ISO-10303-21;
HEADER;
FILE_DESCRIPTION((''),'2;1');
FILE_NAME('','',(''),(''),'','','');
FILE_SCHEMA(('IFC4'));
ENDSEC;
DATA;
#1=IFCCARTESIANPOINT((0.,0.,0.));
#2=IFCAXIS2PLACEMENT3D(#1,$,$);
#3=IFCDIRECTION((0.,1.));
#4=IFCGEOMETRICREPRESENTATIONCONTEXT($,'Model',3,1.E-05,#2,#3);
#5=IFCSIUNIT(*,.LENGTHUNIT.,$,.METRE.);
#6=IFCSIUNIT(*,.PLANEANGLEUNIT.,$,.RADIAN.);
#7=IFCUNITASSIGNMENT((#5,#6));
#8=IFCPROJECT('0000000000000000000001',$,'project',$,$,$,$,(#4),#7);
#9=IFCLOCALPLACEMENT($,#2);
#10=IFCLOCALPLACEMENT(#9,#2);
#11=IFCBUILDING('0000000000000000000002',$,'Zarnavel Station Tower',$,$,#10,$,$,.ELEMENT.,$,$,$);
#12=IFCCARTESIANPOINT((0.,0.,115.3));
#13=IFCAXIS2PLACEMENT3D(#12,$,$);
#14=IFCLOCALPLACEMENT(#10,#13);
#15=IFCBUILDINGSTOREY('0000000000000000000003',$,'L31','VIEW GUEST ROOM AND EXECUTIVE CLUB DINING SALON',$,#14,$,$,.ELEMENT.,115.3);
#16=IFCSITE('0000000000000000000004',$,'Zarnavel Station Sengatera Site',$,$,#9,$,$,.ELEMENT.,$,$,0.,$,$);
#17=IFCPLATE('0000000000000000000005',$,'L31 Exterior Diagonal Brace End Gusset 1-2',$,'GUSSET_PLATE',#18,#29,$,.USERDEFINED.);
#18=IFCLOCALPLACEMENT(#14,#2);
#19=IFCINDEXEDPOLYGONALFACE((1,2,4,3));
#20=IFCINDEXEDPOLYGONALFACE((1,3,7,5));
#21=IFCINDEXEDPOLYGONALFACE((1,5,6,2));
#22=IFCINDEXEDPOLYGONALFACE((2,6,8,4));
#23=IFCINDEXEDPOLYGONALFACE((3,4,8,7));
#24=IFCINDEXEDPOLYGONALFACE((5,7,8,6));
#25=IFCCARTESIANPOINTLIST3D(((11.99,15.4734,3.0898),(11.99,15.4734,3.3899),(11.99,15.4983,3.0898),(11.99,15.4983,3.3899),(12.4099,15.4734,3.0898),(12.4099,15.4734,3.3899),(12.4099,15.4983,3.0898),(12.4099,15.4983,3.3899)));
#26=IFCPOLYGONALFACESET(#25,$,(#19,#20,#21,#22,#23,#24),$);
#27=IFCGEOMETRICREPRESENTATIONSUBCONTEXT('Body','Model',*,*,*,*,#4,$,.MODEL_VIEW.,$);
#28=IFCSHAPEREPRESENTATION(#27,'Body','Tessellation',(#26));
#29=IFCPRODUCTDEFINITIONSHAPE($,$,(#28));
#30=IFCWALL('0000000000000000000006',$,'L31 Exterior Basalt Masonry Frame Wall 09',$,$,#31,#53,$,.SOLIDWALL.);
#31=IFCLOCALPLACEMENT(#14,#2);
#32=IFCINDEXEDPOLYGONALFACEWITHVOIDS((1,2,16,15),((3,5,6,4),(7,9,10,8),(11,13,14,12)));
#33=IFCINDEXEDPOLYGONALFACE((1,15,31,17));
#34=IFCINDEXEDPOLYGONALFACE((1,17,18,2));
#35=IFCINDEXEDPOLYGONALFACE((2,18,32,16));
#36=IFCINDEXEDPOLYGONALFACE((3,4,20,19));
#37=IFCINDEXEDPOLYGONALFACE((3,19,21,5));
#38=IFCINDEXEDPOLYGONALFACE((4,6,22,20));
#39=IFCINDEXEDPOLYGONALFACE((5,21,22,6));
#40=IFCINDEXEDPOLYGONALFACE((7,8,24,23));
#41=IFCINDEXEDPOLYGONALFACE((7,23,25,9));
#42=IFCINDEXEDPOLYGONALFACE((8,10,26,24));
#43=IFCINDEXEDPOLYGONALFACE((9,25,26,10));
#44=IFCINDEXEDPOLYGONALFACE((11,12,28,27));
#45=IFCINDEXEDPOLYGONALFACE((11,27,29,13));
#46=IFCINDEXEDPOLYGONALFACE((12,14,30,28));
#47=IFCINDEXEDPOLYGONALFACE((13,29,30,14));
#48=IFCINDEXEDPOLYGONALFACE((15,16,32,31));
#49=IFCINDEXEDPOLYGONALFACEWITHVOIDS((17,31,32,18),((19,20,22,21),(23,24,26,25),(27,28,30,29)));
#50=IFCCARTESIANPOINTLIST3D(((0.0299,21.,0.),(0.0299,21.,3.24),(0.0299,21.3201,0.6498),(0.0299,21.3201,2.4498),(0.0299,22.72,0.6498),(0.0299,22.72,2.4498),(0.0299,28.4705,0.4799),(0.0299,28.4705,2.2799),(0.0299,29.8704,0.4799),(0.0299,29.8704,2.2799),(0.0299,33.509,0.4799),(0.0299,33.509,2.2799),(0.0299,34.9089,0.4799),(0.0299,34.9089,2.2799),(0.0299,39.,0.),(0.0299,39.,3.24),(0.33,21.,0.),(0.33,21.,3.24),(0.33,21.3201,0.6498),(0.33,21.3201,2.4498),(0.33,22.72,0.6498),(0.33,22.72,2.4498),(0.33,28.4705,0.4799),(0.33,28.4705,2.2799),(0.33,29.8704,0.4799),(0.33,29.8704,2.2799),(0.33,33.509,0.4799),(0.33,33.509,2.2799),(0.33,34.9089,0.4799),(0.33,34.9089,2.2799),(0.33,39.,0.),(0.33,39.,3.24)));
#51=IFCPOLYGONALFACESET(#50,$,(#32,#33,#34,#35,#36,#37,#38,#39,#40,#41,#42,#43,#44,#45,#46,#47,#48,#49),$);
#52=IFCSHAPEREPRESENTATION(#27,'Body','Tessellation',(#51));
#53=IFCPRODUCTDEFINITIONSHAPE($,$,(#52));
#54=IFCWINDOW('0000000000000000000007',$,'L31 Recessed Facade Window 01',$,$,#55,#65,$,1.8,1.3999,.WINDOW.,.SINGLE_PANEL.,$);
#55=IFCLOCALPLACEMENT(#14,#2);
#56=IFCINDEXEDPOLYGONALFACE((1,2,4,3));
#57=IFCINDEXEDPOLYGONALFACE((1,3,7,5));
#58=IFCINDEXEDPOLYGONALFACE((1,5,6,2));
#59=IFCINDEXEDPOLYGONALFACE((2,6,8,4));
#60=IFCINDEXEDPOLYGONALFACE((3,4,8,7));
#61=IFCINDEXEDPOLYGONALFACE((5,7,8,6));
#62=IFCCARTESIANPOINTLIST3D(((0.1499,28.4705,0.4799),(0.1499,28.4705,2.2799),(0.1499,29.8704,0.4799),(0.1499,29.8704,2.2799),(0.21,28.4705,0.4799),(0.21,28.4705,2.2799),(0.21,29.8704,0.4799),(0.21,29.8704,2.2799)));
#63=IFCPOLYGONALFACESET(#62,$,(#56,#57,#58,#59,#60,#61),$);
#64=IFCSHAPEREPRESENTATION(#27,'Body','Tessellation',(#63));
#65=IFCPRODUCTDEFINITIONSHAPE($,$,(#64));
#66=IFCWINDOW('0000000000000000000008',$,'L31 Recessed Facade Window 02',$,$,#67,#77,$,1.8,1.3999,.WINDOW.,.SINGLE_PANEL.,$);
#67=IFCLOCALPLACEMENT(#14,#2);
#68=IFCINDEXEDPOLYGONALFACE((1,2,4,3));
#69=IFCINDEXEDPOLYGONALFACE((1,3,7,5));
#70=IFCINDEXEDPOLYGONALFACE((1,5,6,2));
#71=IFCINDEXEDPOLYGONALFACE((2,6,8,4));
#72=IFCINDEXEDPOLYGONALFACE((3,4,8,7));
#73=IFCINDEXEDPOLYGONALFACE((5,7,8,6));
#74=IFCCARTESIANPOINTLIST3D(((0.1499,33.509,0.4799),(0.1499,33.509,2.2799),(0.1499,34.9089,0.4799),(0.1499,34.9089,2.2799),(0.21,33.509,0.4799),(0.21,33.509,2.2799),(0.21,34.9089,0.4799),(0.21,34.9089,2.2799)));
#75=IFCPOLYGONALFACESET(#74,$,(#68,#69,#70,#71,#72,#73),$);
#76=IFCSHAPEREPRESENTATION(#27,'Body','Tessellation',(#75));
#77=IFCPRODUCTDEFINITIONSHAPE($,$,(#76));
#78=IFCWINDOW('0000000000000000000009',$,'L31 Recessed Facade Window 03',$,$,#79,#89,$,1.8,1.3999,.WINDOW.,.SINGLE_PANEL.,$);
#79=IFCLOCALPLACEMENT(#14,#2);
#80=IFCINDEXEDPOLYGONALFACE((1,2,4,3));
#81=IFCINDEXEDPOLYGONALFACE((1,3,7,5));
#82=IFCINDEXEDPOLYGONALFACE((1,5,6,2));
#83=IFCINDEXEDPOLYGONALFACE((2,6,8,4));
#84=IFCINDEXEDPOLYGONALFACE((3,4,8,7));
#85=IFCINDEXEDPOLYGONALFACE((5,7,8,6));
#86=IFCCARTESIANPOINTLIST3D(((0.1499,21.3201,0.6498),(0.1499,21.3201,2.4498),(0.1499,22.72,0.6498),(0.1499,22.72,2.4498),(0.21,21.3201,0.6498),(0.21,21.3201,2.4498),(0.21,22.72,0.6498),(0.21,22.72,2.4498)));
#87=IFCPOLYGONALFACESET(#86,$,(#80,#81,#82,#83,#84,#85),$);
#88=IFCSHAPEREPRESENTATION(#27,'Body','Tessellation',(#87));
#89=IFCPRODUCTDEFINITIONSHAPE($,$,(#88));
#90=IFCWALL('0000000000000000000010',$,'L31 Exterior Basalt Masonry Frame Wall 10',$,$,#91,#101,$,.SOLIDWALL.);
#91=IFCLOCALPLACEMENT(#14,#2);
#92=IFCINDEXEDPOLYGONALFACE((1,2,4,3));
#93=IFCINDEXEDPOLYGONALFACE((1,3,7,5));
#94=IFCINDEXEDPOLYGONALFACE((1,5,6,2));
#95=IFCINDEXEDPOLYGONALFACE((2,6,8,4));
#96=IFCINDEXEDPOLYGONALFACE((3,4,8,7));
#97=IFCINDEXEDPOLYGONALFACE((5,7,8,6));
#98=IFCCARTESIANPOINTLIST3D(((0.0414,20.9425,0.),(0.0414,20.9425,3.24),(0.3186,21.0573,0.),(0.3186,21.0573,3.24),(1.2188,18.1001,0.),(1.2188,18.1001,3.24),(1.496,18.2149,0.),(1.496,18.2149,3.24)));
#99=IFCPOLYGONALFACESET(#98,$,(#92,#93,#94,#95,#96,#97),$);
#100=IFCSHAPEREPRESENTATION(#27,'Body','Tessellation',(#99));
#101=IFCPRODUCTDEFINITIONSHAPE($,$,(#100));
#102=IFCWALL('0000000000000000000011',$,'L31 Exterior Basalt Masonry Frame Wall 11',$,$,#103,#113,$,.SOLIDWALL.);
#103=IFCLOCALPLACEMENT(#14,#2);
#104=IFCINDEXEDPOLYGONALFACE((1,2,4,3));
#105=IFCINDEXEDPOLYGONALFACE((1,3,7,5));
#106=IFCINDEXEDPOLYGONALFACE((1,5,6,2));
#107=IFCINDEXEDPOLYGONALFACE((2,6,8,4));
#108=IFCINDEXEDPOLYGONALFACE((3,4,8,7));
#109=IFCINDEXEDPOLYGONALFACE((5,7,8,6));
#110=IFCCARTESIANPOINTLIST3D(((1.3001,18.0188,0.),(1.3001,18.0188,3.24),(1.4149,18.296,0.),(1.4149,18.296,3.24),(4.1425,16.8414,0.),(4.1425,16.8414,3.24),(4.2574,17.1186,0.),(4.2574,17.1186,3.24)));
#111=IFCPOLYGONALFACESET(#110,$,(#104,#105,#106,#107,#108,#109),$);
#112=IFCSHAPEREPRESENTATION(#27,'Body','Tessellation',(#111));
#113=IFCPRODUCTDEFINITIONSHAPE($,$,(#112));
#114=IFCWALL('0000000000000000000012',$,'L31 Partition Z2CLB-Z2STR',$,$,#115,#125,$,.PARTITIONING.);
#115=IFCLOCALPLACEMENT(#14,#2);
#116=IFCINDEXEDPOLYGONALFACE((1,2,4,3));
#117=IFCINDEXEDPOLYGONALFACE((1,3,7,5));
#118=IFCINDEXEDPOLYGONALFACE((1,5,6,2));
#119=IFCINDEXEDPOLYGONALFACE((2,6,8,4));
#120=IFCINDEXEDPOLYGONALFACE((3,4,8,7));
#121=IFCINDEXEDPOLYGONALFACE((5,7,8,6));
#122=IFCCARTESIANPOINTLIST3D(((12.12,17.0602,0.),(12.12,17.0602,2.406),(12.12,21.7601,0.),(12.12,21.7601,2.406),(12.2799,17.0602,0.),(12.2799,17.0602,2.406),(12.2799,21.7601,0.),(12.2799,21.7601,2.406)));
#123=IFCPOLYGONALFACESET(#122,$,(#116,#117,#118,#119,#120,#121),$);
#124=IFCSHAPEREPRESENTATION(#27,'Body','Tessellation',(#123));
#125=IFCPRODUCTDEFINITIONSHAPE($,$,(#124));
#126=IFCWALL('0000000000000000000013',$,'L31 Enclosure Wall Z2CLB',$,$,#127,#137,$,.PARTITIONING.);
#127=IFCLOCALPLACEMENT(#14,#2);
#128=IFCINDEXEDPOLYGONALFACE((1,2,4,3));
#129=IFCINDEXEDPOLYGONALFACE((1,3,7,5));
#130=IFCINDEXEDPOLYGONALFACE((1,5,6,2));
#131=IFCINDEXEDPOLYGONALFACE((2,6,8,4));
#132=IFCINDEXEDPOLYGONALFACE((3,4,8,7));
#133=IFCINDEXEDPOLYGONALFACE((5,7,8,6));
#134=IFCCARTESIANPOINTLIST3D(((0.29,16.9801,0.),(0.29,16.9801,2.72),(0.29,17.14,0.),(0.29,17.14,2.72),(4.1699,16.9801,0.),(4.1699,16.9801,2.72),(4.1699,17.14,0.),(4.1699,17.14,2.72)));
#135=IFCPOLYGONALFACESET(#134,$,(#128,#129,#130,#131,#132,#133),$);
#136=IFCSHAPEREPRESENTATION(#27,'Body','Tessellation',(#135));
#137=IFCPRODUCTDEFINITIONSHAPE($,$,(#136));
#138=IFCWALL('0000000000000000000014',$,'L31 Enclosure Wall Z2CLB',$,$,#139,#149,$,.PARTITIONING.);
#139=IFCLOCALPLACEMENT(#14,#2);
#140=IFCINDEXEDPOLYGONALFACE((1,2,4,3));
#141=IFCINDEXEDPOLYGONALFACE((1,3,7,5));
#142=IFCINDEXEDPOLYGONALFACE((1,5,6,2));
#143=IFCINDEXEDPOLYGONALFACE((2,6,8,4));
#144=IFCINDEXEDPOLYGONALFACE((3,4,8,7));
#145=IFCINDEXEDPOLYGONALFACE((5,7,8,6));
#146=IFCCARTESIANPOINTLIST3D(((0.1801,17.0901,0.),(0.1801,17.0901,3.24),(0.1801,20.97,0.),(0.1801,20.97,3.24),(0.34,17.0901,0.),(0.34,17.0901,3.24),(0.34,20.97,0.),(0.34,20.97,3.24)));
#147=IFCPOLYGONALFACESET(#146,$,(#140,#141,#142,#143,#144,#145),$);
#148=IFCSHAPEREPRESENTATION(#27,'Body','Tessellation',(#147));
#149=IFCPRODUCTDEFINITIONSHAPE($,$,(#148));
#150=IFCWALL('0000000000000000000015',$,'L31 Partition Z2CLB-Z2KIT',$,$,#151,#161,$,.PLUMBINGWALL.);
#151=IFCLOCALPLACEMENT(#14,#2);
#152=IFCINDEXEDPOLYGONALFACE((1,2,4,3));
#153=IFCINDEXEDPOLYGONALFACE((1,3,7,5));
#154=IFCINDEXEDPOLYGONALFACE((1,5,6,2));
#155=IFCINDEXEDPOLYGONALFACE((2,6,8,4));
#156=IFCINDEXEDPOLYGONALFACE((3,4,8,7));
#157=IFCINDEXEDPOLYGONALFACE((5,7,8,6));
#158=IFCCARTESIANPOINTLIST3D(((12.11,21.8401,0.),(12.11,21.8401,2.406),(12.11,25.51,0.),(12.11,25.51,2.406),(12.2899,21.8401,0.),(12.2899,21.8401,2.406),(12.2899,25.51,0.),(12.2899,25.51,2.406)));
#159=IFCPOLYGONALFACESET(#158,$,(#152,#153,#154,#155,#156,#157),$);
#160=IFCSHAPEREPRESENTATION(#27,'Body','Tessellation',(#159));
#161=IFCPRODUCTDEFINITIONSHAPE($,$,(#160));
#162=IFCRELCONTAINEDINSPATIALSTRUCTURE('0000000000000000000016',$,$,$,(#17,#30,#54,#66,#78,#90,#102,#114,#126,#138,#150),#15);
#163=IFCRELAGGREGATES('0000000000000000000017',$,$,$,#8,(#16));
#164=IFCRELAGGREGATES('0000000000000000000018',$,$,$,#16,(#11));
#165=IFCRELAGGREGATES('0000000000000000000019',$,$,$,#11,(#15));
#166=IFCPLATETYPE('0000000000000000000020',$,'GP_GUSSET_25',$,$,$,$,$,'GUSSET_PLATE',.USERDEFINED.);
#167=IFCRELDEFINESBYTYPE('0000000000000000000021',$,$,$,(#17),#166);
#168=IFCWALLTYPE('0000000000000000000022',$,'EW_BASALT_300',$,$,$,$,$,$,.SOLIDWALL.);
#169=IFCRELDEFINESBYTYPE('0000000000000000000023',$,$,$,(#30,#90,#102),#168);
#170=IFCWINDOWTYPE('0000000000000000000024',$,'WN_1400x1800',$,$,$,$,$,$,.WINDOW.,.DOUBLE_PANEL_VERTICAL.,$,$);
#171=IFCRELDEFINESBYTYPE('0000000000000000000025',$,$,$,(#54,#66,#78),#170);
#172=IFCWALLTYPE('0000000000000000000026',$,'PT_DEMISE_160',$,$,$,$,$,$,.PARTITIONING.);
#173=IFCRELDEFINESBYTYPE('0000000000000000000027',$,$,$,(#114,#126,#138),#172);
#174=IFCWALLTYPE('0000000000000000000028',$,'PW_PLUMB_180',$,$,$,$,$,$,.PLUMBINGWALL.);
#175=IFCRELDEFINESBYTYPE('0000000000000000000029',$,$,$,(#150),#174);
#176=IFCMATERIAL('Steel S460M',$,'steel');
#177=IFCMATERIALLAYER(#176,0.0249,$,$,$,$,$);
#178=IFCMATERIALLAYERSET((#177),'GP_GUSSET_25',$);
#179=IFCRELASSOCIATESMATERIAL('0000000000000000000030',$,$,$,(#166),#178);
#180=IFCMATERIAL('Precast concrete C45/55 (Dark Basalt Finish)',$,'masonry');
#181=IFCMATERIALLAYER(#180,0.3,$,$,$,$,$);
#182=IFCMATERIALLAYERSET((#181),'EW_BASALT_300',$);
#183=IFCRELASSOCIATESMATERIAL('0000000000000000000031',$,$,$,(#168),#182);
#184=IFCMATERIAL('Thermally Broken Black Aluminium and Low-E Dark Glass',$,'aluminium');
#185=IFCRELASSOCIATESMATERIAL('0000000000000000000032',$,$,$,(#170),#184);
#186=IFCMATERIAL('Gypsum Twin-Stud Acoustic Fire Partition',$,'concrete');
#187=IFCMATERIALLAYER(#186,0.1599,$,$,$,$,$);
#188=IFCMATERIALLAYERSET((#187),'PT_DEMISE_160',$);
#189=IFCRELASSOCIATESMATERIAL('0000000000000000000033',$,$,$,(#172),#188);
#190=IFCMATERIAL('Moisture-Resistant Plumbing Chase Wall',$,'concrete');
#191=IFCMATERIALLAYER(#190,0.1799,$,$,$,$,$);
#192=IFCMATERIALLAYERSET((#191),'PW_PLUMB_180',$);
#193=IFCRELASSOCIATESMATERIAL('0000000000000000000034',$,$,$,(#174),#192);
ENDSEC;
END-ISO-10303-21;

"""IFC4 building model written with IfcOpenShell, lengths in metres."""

from ifc_helpers import new_model, si_unit, direction, frame, frame_2d, origin, origin_2d, place, context, subcontext, project, spatial, rectangle, extrude, material, layer, layer_set, type_object, element, fill, save


model = new_model("IFC4")

# Units and contexts
model_context = context("Model", 3, precision=1e-05, world=origin(), true_north=direction((0.0, 1.0)))
body_context = subcontext(model_context, "Body", "Model", "MODEL_VIEW")
ifc_project = project(units=[si_unit("LENGTHUNIT", "METRE"), si_unit("PLANEANGLEUNIT", "RADIAN")], contexts=[model_context])

# Site, building, storey
site_placement = place(None, origin())
site = spatial("IfcSite", under=ifc_project, at=site_placement, Name="Zarnavel Station Sengatera Site", CompositionType="ELEMENT", RefElevation=0.0)
building_placement = place(site_placement, origin())
building = spatial("IfcBuilding", under=site, at=building_placement, Name="Zarnavel Station Tower", CompositionType="ELEMENT")
storey_placement = place(building_placement, frame((0.0, 0.0, 115.3)))
storey = spatial("IfcBuildingStorey", under=building, at=storey_placement, Name="L31", Description="VIEW GUEST ROOM AND EXECUTIVE CLUB DINING SALON", CompositionType="ELEMENT", Elevation=115.3)

# Plate
ifc_material_1 = material(Name="Steel S460M", Category="steel")
ifc_layer_1 = layer(ifc_material_1, 0.0249)
ifc_layer_set_1 = layer_set([ifc_layer_1], Name="GP_GUSSET_25")
plate_type = type_object("IfcPlateType", Name="GP_GUSSET_25", ElementType="GUSSET_PLATE", PredefinedType="USERDEFINED", material=ifc_layer_set_1)
plate_placement = place(storey_placement, frame((12.2, 15.4858, 3.0898), z_axis=(0.0, 0.0, 1.0), x_axis=(1.0, 0.0, 0.0)))
element("IfcPlate", 1, at=plate_placement, inside=storey, type_object=plate_type, Name="L31 Exterior Diagonal Brace End Gusset 1-2", ObjectType="GUSSET_PLATE", PredefinedType="USERDEFINED", context=body_context, shape_type="SweptSolid", body=[
    extrude(rectangle(XDim=0.4199, YDim=0.0249, at=origin_2d()), origin(), (0.0, 0.0, 1.0), 0.3),
])

# Wall, openings, windows
ifc_material_2 = material(Name="Precast concrete C45/55 (Dark Basalt Finish)", Category="masonry")
ifc_layer_2 = layer(ifc_material_2, 0.3)
ifc_layer_set_2 = layer_set([ifc_layer_2], Name="EW_BASALT_300")
wall_type_1 = type_object("IfcWallType", Name="EW_BASALT_300", PredefinedType="SOLIDWALL", material=ifc_layer_set_2)
wall_1_placement = place(storey_placement, frame((0.1799, 21.0, 0.0), z_axis=(0.0, 0.0, 1.0), x_axis=(0.0, 1.0, 0.0)))
wall_1 = element("IfcWall", 2, at=wall_1_placement, inside=storey, type_object=wall_type_1, Name="L31 Exterior Basalt Masonry Frame Wall 09", PredefinedType="SOLIDWALL", context=body_context, shape_type="SweptSolid", body=[
    extrude(rectangle(XDim=18.0, YDim=0.3, at=frame_2d((9.0, 0.0))), origin(), (0.0, 0.0, 1.0), 3.24),
])
opening_1_placement = place(wall_1_placement, frame((7.4705, 0.0, 0.48)))
opening_1 = element("IfcOpeningElement", 3, at=opening_1_placement, cuts=wall_1, PredefinedType="OPENING", context=body_context, shape_type="SweptSolid", body=[
    extrude(rectangle(XDim=1.3999, YDim=1.8, at=frame_2d((0.7, 0.8999))), frame((0.0, 0.1599, 0.0), z_axis=(0.0, -1.0, 0.0), x_axis=(1.0, 0.0, 0.0)), (0.0, 0.0, 1.0), 0.3201),
])
opening_2_placement = place(wall_1_placement, frame((12.509, 0.0, 0.48)))
opening_2 = element("IfcOpeningElement", 4, at=opening_2_placement, cuts=wall_1, PredefinedType="OPENING", context=body_context, shape_type="SweptSolid", body=[
    extrude(rectangle(XDim=1.3999, YDim=1.8, at=frame_2d((0.7, 0.8999))), frame((0.0, 0.1599, 0.0), z_axis=(0.0, -1.0, 0.0), x_axis=(1.0, 0.0, 0.0)), (0.0, 0.0, 1.0), 0.3201),
])
opening_3_placement = place(wall_1_placement, frame((0.3201, 0.0, 0.6499)))
opening_3 = element("IfcOpeningElement", 5, at=opening_3_placement, cuts=wall_1, PredefinedType="OPENING", context=body_context, shape_type="SweptSolid", body=[
    extrude(rectangle(XDim=1.3999, YDim=1.8, at=frame_2d((0.7, 0.8999))), frame((0.0, 0.1599, 0.0), z_axis=(0.0, -1.0, 0.0), x_axis=(1.0, 0.0, 0.0)), (0.0, 0.0, 1.0), 0.3201),
])
ifc_material_3 = material(Name="Thermally Broken Black Aluminium and Low-E Dark Glass", Category="aluminium")
window_type = type_object("IfcWindowType", Name="WN_1400x1800", PartitioningType="DOUBLE_PANEL_VERTICAL", PredefinedType="WINDOW", material=ifc_material_3)
window_1_placement = place(opening_1_placement, origin())
window_1 = element("IfcWindow", 6, at=window_1_placement, inside=storey, type_object=window_type, Name="L31 Recessed Facade Window 01", OverallHeight=1.8, OverallWidth=1.3999, PartitioningType="SINGLE_PANEL", PredefinedType="WINDOW", context=body_context, shape_type="SweptSolid", body=[
    extrude(rectangle(XDim=1.3999, YDim=1.8, at=frame_2d((0.7, 0.8999))), frame((0.0, 0.03, 0.0), z_axis=(0.0, -1.0, 0.0), x_axis=(1.0, 0.0, 0.0)), (0.0, 0.0, 1.0), 0.0601),
])
fill(opening_1, window_1)
window_2_placement = place(opening_2_placement, origin())
window_2 = element("IfcWindow", 7, at=window_2_placement, inside=storey, type_object=window_type, Name="L31 Recessed Facade Window 02", OverallHeight=1.8, OverallWidth=1.3999, PartitioningType="SINGLE_PANEL", PredefinedType="WINDOW", context=body_context, shape_type="SweptSolid", body=[
    extrude(rectangle(XDim=1.3999, YDim=1.8, at=frame_2d((0.7, 0.8999))), frame((0.0, 0.03, 0.0), z_axis=(0.0, -1.0, 0.0), x_axis=(1.0, 0.0, 0.0)), (0.0, 0.0, 1.0), 0.0601),
])
fill(opening_2, window_2)
window_3_placement = place(opening_3_placement, origin())
window_3 = element("IfcWindow", 8, at=window_3_placement, inside=storey, type_object=window_type, Name="L31 Recessed Facade Window 03", OverallHeight=1.8, OverallWidth=1.3999, PartitioningType="SINGLE_PANEL", PredefinedType="WINDOW", context=body_context, shape_type="SweptSolid", body=[
    extrude(rectangle(XDim=1.3999, YDim=1.8, at=frame_2d((0.7, 0.8999))), frame((0.0, 0.03, 0.0), z_axis=(0.0, -1.0, 0.0), x_axis=(1.0, 0.0, 0.0)), (0.0, 0.0, 1.0), 0.0601),
])
fill(opening_3, window_3)

# Walls
for number, where, z_axis, x_axis, name in (
    (9, (1.3574, 18.1575, 0.0), (0.0, 0.0, 1.0), (-0.382705, 0.923871, 0.0), "L31 Exterior Basalt Masonry Frame Wall 10"),
    (10, (4.2, 16.98, 0.0), (0.0, 0.0, 1.0), (-0.923871, 0.382705, 0.0), "L31 Exterior Basalt Masonry Frame Wall 11"),
):
    element("IfcWall", number, at=place(storey_placement, frame(where, z_axis=z_axis, x_axis=x_axis)), inside=storey, type_object=wall_type_1, Name=name, PredefinedType="SOLIDWALL", context=body_context, shape_type="SweptSolid", body=[
        extrude(rectangle(XDim=3.0767, YDim=0.3, at=frame_2d((1.5383, 0.0))), origin(), (0.0, 0.0, 1.0), 3.24),
    ])
ifc_material_4 = material(Name="Gypsum Twin-Stud Acoustic Fire Partition", Category="concrete")
ifc_layer_3 = layer(ifc_material_4, 0.1599)
ifc_layer_set_3 = layer_set([ifc_layer_3], Name="PT_DEMISE_160")
wall_type_2 = type_object("IfcWallType", Name="PT_DEMISE_160", PredefinedType="PARTITIONING", material=ifc_layer_set_3)
wall_2_placement = place(storey_placement, frame((12.2, 17.0601, 0.0), z_axis=(0.0, 0.0, 1.0), x_axis=(0.0, 1.0, 0.0)))
element("IfcWall", 11, at=wall_2_placement, inside=storey, type_object=wall_type_2, Name="L31 Partition Z2CLB-Z2STR", PredefinedType="PARTITIONING", context=body_context, shape_type="SweptSolid", body=[
    extrude(rectangle(XDim=4.7, YDim=0.1599, at=frame_2d((2.3501, 0.0))), origin(), (0.0, 0.0, 1.0), 2.406),
])
wall_3_placement = place(storey_placement, frame((0.29, 17.0601, 0.0), z_axis=(0.0, 0.0, 1.0), x_axis=(1.0, 0.0, 0.0)))
element("IfcWall", 12, at=wall_3_placement, inside=storey, type_object=wall_type_2, Name="L31 Enclosure Wall Z2CLB", PredefinedType="PARTITIONING", context=body_context, shape_type="SweptSolid", body=[
    extrude(rectangle(XDim=3.8799, YDim=0.1599, at=frame_2d((1.9399, 0.0))), origin(), (0.0, 0.0, 1.0), 2.72),
])
wall_4_placement = place(storey_placement, frame((0.26, 17.0901, 0.0), z_axis=(0.0, 0.0, 1.0), x_axis=(0.0, 1.0, 0.0)))
element("IfcWall", 13, at=wall_4_placement, inside=storey, type_object=wall_type_2, Name="L31 Enclosure Wall Z2CLB", PredefinedType="PARTITIONING", context=body_context, shape_type="SweptSolid", body=[
    extrude(rectangle(XDim=3.8799, YDim=0.1599, at=frame_2d((1.9399, 0.0))), origin(), (0.0, 0.0, 1.0), 3.24),
])
ifc_material_5 = material(Name="Moisture-Resistant Plumbing Chase Wall", Category="concrete")
ifc_layer_4 = layer(ifc_material_5, 0.1799)
ifc_layer_set_4 = layer_set([ifc_layer_4], Name="PW_PLUMB_180")
wall_type_3 = type_object("IfcWallType", Name="PW_PLUMB_180", PredefinedType="PLUMBINGWALL", material=ifc_layer_set_4)
wall_5_placement = place(storey_placement, frame((12.2, 21.8401, 0.0), z_axis=(0.0, 0.0, 1.0), x_axis=(0.0, 1.0, 0.0)))
element("IfcWall", 14, at=wall_5_placement, inside=storey, type_object=wall_type_3, Name="L31 Partition Z2CLB-Z2KIT", PredefinedType="PLUMBINGWALL", context=body_context, shape_type="SweptSolid", body=[
    extrude(rectangle(XDim=3.6699, YDim=0.1799, at=frame_2d((1.835, 0.0))), origin(), (0.0, 0.0, 1.0), 2.406),
])

save(model, "model.ifc")
